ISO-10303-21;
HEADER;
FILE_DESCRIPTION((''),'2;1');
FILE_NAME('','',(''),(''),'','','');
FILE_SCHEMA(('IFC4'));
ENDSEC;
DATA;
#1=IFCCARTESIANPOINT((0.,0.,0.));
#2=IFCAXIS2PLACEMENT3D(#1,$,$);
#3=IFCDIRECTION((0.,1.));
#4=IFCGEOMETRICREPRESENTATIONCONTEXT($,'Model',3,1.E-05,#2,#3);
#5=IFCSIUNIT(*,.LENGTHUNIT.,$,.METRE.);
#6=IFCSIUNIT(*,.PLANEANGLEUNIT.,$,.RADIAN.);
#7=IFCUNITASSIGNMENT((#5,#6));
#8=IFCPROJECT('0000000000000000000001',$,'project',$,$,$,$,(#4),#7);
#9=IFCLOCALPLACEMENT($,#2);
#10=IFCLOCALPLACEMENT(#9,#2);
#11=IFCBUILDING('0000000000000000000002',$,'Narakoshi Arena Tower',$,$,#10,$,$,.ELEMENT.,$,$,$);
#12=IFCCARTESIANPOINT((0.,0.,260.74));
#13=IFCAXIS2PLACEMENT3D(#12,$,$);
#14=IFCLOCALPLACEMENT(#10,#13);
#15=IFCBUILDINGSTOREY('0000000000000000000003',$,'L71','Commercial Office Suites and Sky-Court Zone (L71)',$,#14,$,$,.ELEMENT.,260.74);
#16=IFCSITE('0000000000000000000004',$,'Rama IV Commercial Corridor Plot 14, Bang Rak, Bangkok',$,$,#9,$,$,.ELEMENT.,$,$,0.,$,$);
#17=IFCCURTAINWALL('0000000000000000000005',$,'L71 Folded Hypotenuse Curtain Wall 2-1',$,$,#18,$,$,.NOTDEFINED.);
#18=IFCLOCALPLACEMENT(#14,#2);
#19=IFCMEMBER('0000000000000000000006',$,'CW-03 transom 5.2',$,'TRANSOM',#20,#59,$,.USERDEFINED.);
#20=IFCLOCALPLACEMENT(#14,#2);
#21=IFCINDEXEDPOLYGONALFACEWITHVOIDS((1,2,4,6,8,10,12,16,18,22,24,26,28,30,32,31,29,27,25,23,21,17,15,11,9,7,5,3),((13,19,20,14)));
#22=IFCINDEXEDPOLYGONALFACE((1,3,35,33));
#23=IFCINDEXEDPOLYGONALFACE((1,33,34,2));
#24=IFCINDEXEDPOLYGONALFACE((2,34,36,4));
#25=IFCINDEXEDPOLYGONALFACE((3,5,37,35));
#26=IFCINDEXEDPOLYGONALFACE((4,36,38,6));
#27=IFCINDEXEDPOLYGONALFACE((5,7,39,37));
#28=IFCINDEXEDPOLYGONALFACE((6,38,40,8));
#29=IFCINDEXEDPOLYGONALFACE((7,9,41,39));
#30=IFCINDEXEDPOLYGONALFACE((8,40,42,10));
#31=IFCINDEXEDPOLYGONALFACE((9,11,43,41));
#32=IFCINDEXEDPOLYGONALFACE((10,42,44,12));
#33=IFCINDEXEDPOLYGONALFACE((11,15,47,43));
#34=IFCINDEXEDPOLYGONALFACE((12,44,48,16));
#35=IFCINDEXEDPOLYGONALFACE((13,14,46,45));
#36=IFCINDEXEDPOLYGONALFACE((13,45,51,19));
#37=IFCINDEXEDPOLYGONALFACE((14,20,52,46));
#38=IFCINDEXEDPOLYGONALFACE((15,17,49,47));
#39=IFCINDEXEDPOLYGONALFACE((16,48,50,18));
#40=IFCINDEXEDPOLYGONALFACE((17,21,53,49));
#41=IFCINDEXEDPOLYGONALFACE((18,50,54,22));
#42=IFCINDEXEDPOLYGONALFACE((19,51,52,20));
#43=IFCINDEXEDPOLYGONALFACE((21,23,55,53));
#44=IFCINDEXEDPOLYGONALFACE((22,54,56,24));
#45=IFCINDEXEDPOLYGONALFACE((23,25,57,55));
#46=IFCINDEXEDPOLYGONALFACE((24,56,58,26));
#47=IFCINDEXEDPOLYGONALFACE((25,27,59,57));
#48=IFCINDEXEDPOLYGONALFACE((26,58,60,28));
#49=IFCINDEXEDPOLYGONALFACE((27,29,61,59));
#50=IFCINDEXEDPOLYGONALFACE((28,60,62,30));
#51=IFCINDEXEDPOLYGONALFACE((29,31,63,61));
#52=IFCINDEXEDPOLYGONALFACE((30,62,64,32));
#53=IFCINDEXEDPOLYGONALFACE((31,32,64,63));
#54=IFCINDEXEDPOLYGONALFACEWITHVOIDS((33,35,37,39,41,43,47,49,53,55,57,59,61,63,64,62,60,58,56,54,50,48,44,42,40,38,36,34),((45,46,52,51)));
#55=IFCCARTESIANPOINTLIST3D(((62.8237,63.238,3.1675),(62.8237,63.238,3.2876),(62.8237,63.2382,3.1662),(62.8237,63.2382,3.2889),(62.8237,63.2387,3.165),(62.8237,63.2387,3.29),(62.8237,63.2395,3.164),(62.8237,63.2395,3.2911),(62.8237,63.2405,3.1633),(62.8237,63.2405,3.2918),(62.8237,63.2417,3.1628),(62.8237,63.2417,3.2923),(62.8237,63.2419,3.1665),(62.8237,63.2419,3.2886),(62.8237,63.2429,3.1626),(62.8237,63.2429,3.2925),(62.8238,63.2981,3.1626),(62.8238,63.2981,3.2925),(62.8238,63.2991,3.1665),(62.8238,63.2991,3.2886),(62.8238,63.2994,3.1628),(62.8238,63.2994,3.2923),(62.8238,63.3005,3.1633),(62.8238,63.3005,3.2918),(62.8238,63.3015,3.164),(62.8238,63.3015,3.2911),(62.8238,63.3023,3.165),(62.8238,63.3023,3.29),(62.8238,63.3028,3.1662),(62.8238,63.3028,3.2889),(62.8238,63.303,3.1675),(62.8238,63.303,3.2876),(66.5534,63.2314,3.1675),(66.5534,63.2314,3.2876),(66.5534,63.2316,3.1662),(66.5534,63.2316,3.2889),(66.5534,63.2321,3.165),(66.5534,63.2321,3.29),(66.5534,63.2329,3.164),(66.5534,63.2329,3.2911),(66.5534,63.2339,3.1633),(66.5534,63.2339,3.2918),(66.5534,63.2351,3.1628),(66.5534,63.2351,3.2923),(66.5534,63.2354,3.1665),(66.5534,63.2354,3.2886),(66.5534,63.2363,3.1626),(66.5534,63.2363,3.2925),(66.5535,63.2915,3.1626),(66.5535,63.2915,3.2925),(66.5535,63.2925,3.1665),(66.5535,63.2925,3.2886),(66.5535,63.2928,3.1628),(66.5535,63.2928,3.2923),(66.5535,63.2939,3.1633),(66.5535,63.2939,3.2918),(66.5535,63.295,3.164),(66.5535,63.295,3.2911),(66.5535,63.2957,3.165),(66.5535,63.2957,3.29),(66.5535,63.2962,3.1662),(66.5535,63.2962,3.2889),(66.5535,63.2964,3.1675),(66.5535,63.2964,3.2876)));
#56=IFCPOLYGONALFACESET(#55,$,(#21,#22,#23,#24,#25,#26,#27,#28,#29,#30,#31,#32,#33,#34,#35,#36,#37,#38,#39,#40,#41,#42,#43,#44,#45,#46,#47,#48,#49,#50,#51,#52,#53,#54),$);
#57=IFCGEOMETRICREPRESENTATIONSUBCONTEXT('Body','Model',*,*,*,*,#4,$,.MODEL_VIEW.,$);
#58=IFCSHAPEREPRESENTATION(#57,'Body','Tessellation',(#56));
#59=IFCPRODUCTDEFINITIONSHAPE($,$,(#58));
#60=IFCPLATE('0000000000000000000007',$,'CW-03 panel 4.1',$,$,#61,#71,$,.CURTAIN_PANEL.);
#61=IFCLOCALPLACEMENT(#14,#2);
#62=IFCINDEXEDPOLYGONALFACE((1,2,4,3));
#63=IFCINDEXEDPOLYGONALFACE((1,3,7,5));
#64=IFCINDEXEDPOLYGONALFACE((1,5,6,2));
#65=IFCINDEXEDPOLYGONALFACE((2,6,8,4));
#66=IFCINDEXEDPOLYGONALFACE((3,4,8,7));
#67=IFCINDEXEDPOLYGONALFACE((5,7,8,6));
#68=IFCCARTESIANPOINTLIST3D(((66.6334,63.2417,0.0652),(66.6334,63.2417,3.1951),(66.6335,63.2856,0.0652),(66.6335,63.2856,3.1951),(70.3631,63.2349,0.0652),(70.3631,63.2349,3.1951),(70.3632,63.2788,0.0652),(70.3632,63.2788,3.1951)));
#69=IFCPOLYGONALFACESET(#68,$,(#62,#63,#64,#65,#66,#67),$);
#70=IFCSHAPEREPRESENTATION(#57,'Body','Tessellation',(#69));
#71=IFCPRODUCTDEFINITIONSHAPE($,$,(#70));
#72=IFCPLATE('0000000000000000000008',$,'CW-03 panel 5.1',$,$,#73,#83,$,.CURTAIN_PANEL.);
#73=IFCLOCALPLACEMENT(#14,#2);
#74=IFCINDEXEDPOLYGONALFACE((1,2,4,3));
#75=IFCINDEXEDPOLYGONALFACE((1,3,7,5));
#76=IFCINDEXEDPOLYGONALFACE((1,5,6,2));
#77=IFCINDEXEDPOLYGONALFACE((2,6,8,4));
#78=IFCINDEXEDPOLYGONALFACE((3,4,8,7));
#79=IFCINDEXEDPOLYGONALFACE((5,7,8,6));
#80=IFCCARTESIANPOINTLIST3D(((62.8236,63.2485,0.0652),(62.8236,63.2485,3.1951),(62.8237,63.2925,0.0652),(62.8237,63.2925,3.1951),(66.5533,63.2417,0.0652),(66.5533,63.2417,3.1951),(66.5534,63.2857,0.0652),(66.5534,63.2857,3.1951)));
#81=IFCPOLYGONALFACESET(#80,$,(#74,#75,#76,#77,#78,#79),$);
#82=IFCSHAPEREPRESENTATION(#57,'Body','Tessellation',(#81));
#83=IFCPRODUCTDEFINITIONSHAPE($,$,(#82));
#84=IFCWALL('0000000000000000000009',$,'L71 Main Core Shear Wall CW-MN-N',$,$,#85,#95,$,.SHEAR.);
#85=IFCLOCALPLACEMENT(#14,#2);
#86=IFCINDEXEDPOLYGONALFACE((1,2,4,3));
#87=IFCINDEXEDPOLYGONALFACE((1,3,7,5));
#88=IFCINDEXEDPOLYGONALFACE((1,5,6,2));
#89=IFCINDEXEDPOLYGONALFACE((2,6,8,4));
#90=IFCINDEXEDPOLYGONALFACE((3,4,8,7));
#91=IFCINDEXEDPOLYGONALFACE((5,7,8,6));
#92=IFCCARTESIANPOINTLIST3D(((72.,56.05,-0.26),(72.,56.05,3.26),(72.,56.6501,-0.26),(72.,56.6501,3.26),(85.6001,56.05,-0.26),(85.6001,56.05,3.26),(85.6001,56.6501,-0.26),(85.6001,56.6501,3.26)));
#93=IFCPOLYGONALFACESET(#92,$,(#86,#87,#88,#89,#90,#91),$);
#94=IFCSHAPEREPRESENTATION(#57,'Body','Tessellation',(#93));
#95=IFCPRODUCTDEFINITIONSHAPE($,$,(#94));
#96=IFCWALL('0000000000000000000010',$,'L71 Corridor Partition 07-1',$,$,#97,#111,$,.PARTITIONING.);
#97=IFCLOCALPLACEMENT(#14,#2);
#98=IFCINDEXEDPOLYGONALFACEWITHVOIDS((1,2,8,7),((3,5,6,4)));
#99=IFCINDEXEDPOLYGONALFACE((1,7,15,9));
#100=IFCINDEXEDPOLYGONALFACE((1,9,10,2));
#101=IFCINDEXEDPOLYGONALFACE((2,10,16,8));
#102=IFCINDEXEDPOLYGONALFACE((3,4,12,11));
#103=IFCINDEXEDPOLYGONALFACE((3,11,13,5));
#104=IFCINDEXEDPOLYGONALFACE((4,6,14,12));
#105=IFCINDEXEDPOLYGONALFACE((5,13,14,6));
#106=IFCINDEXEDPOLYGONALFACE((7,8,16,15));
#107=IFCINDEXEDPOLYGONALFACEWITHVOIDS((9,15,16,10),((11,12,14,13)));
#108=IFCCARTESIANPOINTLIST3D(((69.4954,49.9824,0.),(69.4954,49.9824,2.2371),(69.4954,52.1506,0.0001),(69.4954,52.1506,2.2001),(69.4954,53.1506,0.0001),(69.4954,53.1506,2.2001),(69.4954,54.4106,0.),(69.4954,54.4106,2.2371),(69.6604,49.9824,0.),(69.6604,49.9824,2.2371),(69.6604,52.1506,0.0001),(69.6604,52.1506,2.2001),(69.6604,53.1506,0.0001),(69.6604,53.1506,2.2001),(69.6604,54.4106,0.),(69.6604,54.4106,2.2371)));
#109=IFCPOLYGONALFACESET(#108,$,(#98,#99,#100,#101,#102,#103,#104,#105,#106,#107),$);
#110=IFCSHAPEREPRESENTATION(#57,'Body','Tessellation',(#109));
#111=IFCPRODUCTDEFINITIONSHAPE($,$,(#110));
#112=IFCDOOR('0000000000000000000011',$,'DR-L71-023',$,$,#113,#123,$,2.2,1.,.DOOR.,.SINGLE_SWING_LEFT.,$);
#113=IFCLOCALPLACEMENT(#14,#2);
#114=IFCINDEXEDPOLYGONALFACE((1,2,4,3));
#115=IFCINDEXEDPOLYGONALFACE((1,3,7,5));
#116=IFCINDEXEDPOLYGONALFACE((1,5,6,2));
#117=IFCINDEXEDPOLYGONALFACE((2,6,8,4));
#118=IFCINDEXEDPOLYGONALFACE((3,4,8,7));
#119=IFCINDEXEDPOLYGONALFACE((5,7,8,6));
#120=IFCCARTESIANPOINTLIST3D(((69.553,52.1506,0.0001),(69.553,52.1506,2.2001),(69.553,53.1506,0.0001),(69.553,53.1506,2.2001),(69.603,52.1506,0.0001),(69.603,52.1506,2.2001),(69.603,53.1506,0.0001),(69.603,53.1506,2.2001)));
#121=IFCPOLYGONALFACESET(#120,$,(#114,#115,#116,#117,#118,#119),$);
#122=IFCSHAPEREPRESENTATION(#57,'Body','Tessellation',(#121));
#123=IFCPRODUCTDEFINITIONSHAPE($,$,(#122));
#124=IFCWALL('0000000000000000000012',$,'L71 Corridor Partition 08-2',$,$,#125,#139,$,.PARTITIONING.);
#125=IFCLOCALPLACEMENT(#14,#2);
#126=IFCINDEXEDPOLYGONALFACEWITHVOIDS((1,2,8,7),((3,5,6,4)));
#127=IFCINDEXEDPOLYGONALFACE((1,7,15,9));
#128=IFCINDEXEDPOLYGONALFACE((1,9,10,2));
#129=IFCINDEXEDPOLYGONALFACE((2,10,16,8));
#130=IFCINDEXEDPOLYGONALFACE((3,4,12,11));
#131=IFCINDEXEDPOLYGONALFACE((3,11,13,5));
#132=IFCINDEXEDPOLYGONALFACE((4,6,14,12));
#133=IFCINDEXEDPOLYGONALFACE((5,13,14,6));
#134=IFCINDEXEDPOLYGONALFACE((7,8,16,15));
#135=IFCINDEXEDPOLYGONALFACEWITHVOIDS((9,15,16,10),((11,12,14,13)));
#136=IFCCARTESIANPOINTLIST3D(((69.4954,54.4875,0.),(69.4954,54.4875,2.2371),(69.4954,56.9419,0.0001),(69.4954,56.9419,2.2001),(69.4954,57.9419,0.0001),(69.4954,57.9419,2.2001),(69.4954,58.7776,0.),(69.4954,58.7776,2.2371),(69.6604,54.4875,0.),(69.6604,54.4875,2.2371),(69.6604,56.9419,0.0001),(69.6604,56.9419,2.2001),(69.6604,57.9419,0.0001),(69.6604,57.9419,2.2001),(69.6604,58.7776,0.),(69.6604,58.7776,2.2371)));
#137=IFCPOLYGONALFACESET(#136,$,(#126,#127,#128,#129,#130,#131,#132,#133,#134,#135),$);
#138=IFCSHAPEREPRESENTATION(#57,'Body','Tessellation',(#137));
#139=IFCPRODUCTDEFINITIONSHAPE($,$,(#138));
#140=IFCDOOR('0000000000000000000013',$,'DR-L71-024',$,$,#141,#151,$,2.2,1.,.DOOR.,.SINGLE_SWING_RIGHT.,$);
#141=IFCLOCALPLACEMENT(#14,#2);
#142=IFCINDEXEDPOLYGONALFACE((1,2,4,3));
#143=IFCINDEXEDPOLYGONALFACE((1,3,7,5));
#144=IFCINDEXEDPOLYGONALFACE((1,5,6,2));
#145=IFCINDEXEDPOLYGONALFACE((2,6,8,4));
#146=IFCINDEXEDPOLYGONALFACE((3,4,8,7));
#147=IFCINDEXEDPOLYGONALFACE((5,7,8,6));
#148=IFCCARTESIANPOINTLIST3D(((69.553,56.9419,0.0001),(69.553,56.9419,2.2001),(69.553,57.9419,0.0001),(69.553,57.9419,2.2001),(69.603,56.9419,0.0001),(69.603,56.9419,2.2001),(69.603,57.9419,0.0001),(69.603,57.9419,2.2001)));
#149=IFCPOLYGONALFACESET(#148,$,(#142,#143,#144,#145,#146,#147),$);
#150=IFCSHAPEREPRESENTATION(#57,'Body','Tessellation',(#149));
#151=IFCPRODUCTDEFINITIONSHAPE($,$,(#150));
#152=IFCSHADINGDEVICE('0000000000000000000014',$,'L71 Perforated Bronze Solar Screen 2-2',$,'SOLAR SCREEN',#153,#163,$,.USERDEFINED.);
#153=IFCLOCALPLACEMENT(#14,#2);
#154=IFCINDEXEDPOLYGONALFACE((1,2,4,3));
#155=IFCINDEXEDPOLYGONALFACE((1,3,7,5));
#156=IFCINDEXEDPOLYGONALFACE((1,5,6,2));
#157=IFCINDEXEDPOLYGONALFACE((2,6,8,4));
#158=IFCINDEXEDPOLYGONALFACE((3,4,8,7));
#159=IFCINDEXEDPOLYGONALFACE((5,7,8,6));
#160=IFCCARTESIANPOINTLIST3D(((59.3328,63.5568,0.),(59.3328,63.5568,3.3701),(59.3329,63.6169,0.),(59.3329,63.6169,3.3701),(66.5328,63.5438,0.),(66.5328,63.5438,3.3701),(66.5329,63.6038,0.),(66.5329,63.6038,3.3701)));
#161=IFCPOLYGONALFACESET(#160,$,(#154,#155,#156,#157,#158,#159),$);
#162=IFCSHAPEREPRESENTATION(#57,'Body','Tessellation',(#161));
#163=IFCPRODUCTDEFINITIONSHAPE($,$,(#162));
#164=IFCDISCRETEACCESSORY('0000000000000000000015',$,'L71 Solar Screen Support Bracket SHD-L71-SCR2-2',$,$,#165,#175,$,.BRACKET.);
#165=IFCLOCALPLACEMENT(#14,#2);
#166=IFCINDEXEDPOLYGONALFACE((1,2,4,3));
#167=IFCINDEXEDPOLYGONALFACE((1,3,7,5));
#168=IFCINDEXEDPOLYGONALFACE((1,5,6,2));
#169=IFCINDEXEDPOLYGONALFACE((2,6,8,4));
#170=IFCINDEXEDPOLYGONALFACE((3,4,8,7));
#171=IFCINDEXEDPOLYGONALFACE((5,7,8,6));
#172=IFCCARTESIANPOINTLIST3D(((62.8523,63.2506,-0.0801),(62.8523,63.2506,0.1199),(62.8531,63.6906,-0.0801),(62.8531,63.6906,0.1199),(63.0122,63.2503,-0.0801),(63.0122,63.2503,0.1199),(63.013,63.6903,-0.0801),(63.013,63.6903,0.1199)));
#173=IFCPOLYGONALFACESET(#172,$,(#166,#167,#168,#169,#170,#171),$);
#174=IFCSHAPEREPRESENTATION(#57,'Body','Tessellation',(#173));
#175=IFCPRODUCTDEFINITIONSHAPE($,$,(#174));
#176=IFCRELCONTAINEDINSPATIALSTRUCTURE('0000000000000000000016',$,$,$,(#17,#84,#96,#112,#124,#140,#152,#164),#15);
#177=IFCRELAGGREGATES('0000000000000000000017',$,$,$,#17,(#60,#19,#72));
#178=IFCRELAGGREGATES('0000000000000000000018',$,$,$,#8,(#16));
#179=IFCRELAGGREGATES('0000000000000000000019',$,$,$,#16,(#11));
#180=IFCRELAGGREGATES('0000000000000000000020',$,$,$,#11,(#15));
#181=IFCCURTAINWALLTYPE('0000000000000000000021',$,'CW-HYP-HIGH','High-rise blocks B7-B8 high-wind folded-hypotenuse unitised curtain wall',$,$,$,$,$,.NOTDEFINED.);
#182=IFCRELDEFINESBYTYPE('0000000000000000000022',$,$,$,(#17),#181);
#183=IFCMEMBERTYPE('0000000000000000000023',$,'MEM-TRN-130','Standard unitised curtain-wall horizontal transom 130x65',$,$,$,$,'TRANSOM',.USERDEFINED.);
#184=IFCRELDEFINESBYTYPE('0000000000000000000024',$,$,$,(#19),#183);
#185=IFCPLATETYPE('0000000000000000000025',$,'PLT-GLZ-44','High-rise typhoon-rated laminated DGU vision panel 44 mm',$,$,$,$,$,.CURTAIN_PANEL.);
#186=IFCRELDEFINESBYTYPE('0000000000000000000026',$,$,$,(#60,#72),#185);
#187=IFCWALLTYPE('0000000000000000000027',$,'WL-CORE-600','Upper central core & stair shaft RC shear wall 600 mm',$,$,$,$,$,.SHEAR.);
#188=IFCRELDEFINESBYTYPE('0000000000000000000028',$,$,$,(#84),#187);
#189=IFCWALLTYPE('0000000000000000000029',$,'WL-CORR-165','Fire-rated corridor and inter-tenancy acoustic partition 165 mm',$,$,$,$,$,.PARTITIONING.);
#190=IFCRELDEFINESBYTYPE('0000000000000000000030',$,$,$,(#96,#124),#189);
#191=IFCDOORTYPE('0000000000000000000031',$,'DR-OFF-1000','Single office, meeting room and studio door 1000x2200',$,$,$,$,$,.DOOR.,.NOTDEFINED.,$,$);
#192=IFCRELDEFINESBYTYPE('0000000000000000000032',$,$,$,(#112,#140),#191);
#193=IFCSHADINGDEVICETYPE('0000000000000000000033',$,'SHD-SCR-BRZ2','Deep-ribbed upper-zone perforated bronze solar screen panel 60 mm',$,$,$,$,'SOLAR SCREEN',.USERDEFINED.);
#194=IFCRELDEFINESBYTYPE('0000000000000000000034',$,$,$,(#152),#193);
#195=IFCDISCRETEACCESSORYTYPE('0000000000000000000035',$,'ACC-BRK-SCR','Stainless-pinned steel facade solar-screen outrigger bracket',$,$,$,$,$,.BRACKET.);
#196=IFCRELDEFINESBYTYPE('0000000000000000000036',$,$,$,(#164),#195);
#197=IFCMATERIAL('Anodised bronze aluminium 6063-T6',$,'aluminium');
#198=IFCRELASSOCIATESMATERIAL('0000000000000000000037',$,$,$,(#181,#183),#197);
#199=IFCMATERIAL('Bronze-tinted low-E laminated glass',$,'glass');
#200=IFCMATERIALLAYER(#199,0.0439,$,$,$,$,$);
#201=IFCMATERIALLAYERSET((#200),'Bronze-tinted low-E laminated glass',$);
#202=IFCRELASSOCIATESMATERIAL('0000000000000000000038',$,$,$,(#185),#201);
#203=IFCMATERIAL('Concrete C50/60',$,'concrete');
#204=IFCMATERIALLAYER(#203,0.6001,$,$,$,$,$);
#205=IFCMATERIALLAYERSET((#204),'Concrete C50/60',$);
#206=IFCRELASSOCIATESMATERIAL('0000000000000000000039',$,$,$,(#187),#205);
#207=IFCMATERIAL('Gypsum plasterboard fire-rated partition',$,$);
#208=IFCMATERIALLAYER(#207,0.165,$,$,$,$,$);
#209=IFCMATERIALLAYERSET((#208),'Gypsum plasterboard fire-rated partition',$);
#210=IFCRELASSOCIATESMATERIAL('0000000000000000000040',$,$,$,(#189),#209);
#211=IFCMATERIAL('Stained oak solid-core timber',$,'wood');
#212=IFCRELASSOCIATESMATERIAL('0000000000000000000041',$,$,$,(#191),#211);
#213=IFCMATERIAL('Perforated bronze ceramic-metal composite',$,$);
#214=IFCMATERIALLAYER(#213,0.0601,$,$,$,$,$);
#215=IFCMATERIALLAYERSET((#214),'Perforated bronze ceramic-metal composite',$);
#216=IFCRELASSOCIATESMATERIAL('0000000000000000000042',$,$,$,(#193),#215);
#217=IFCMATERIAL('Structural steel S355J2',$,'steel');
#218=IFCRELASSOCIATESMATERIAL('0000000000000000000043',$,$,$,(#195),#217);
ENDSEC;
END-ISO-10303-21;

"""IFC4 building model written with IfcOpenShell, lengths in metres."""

from ifc_helpers import new_model, si_unit, direction, frame, frame_2d, origin, origin_2d, place, context, subcontext, project, spatial, rectangle, hollow_rectangle, extrude, material, layer, layer_set, material_profile, profile_set, type_object, element, fill, aggregate, save


model = new_model("IFC4")

# Units and contexts
model_context = context("Model", 3, precision=1e-05, world=origin(), true_north=direction((0.0, 1.0)))
body_context = subcontext(model_context, "Body", "Model", "MODEL_VIEW")
ifc_project = project(units=[si_unit("LENGTHUNIT", "METRE"), si_unit("PLANEANGLEUNIT", "RADIAN")], contexts=[model_context])

# Site, building, storey
site_placement = place(None, origin())
site = spatial("IfcSite", under=ifc_project, at=site_placement, Name="Rama IV Commercial Corridor Plot 14, Bang Rak, Bangkok", CompositionType="ELEMENT", RefElevation=0.0)
building_placement = place(site_placement, origin())
building = spatial("IfcBuilding", under=site, at=building_placement, Name="Narakoshi Arena Tower", CompositionType="ELEMENT")
storey_placement = place(building_placement, frame((0.0, 0.0, 260.74)))
storey = spatial("IfcBuildingStorey", under=building, at=storey_placement, Name="L71", Description="Commercial Office Suites and Sky-Court Zone (L71)", CompositionType="ELEMENT", Elevation=260.74)

# Shared definitions
ifc_material_1 = material(Name="Structural steel S355J2", Category="steel")

# Curtain wall, member, plates
ifc_material_2 = material(Name="Anodised bronze aluminium 6063-T6", Category="aluminium")
curtain_wall_type = type_object("IfcCurtainWallType", Name="CW-HYP-HIGH", Description="High-rise blocks B7-B8 high-wind folded-hypotenuse unitised curtain wall", PredefinedType="NOTDEFINED", material=ifc_material_2)
curtain_wall_placement = place(storey_placement, origin())
curtain_wall = element("IfcCurtainWall", 1, at=curtain_wall_placement, inside=storey, type_object=curtain_wall_type, Name="L71 Folded Hypotenuse Curtain Wall 2-1", PredefinedType="NOTDEFINED")
ifc_material_profile_1 = material_profile(ifc_material_2, hollow_rectangle(XDim=0.0649, YDim=0.1299, WallThickness=0.0039, OuterFilletRadius=0.0049, at=origin_2d()), Name="TRN130x65x4")
ifc_profile_set_1 = profile_set([ifc_material_profile_1], Name="Anodised bronze aluminium 6063-T6")
member_type_1 = type_object("IfcMemberType", Name="MEM-TRN-130", Description="Standard unitised curtain-wall horizontal transom 130x65", ElementType="TRANSOM", PredefinedType="USERDEFINED", material=ifc_profile_set_1)
member_1_placement = place(storey_placement, frame((66.5535, 63.2639, 3.2275), z_axis=(-0.999998, 0.001767, 0.0), x_axis=(-0.001767, -0.999998, 0.0)))
member_1 = element("IfcMember", 2, at=member_1_placement, type_object=member_type_1, Name="CW-03 transom 5.2", ObjectType="TRANSOM", PredefinedType="USERDEFINED", context=body_context, shape_type="SweptSolid", body=[
    extrude(hollow_rectangle(XDim=0.0649, YDim=0.1299, WallThickness=0.0039, OuterFilletRadius=0.0049, at=origin_2d()), origin(), (0.0, 0.0, 1.0), 3.7297),
])
ifc_material_3 = material(Name="Bronze-tinted low-E laminated glass", Category="glass")
ifc_layer_1 = layer(ifc_material_3, 0.0439)
ifc_layer_set_1 = layer_set([ifc_layer_1], Name="Bronze-tinted low-E laminated glass")
plate_type = type_object("IfcPlateType", Name="PLT-GLZ-44", Description="High-rise typhoon-rated laminated DGU vision panel 44 mm", PredefinedType="CURTAIN_PANEL", material=ifc_layer_set_1)
plate_1_placement = place(storey_placement, frame((68.4983, 63.2603, 0.0652), z_axis=(0.0, 0.0, 1.0), x_axis=(-0.999998, 0.00182, 0.0)))
plate_1 = element("IfcPlate", 3, at=plate_1_placement, type_object=plate_type, Name="CW-03 panel 4.1", PredefinedType="CURTAIN_PANEL", context=body_context, shape_type="SweptSolid", body=[
    extrude(rectangle(XDim=3.7297, YDim=0.0439, at=origin_2d()), origin(), (0.0, 0.0, 1.0), 3.1299),
])
plate_2_placement = place(storey_placement, frame((64.6885, 63.2671, 0.0652), z_axis=(0.0, 0.0, 1.0), x_axis=(-0.999998, 0.00182, 0.0)))
plate_2 = element("IfcPlate", 4, at=plate_2_placement, type_object=plate_type, Name="CW-03 panel 5.1", PredefinedType="CURTAIN_PANEL", context=body_context, shape_type="SweptSolid", body=[
    extrude(rectangle(XDim=3.7297, YDim=0.0439, at=origin_2d()), origin(), (0.0, 0.0, 1.0), 3.1299),
])
aggregate(curtain_wall, [plate_1, member_1, plate_2])

# Wall
ifc_material_4 = material(Name="Concrete C50/60", Category="concrete")
ifc_layer_2 = layer(ifc_material_4, 0.6001)
ifc_layer_set_2 = layer_set([ifc_layer_2], Name="Concrete C50/60")
wall_type_1 = type_object("IfcWallType", Name="WL-CORE-600", Description="Upper central core & stair shaft RC shear wall 600 mm", PredefinedType="SHEAR", material=ifc_layer_set_2)
wall_1_placement = place(storey_placement, frame((72.0, 56.3501, -0.26), z_axis=(0.0, 0.0, 1.0), x_axis=(1.0, 0.0, 0.0)))
element("IfcWall", 5, at=wall_1_placement, inside=storey, type_object=wall_type_1, Name="L71 Main Core Shear Wall CW-MN-N", PredefinedType="SHEAR", context=body_context, shape_type="SweptSolid", body=[
    extrude(rectangle(XDim=13.6001, YDim=0.6001, at=frame_2d((6.8, 0.0))), origin(), (0.0, 0.0, 1.0), 3.52),
])

# Walls, openings, doors
ifc_material_5 = material(Name="Gypsum plasterboard fire-rated partition")
ifc_layer_3 = layer(ifc_material_5, 0.165)
ifc_layer_set_3 = layer_set([ifc_layer_3], Name="Gypsum plasterboard fire-rated partition")
wall_type_2 = type_object("IfcWallType", Name="WL-CORR-165", Description="Fire-rated corridor and inter-tenancy acoustic partition 165 mm", PredefinedType="PARTITIONING", material=ifc_layer_set_3)
wall_2_placement = place(storey_placement, frame((69.5779, 54.4106, 0.0), z_axis=(0.0, 0.0, 1.0), x_axis=(0.0, -1.0, 0.0)))
wall_2 = element("IfcWall", 6, at=wall_2_placement, inside=storey, type_object=wall_type_2, Name="L71 Corridor Partition 07-1", PredefinedType="PARTITIONING", context=body_context, shape_type="SweptSolid", body=[
    extrude(rectangle(XDim=4.4282, YDim=0.165, at=frame_2d((2.2141, 0.0))), origin(), (0.0, 0.0, 1.0), 2.2371),
])
opening_1_placement = place(wall_2_placement, frame((1.26, 0.0, 0.0)))
opening_1 = element("IfcOpeningElement", 7, at=opening_1_placement, cuts=wall_2, PredefinedType="OPENING", context=body_context, shape_type="SweptSolid", body=[
    extrude(rectangle(XDim=1.0, YDim=2.2, at=frame_2d((0.5, 1.1001))), frame((0.0, 0.0925, 0.0), z_axis=(0.0, -1.0, 0.0), x_axis=(1.0, 0.0, 0.0)), (0.0, 0.0, 1.0), 0.1851),
])
ifc_material_6 = material(Name="Stained oak solid-core timber", Category="wood")
door_type = type_object("IfcDoorType", Name="DR-OFF-1000", Description="Single office, meeting room and studio door 1000x2200", OperationType="NOTDEFINED", PredefinedType="DOOR", material=ifc_material_6)
door_1_placement = place(opening_1_placement, frame((1.0, 0.0, 0.0), z_axis=(0.0, 0.0, 1.0), x_axis=(-1.0, 0.0, 0.0)))
door_1 = element("IfcDoor", 8, at=door_1_placement, inside=storey, type_object=door_type, Name="DR-L71-023", OperationType="SINGLE_SWING_LEFT", OverallHeight=2.2, OverallWidth=1.0, PredefinedType="DOOR", context=body_context, shape_type="SweptSolid", body=[
    extrude(rectangle(XDim=1.0, YDim=2.2, at=frame_2d((0.5, 1.1001))), frame((0.0, 0.0249, 0.0), z_axis=(0.0, -1.0, 0.0), x_axis=(1.0, 0.0, 0.0)), (0.0, 0.0, 1.0), 0.05),
])
fill(opening_1, door_1)
wall_3_placement = place(storey_placement, frame((69.5779, 58.7776, 0.0), z_axis=(0.0, 0.0, 1.0), x_axis=(0.0, -1.0, 0.0)))
wall_3 = element("IfcWall", 9, at=wall_3_placement, inside=storey, type_object=wall_type_2, Name="L71 Corridor Partition 08-2", PredefinedType="PARTITIONING", context=body_context, shape_type="SweptSolid", body=[
    extrude(rectangle(XDim=4.29, YDim=0.165, at=frame_2d((2.145, 0.0))), origin(), (0.0, 0.0, 1.0), 2.2371),
])
opening_2_placement = place(wall_3_placement, frame((0.8357, 0.0, 0.0)))
opening_2 = element("IfcOpeningElement", 10, at=opening_2_placement, cuts=wall_3, PredefinedType="OPENING", context=body_context, shape_type="SweptSolid", body=[
    extrude(rectangle(XDim=1.0, YDim=2.2, at=frame_2d((0.5, 1.1001))), frame((0.0, 0.0925, 0.0), z_axis=(0.0, -1.0, 0.0), x_axis=(1.0, 0.0, 0.0)), (0.0, 0.0, 1.0), 0.1851),
])
door_2_placement = place(opening_2_placement, frame((1.0, 0.0, 0.0), z_axis=(0.0, 0.0, 1.0), x_axis=(-1.0, 0.0, 0.0)))
door_2 = element("IfcDoor", 11, at=door_2_placement, inside=storey, type_object=door_type, Name="DR-L71-024", OperationType="SINGLE_SWING_RIGHT", OverallHeight=2.2, OverallWidth=1.0, PredefinedType="DOOR", context=body_context, shape_type="SweptSolid", body=[
    extrude(rectangle(XDim=1.0, YDim=2.2, at=frame_2d((0.5, 1.1001))), frame((0.0, 0.0249, 0.0), z_axis=(0.0, -1.0, 0.0), x_axis=(1.0, 0.0, 0.0)), (0.0, 0.0, 1.0), 0.05),
])
fill(opening_2, door_2)

# Shading device
ifc_material_7 = material(Name="Perforated bronze ceramic-metal composite")
ifc_layer_4 = layer(ifc_material_7, 0.0601)
ifc_layer_set_4 = layer_set([ifc_layer_4], Name="Perforated bronze ceramic-metal composite")
shading_device_type = type_object("IfcShadingDeviceType", Name="SHD-SCR-BRZ2", Description="Deep-ribbed upper-zone perforated bronze solar screen panel 60 mm", ElementType="SOLAR SCREEN", PredefinedType="USERDEFINED", material=ifc_layer_set_4)
shading_device_placement = place(storey_placement, frame((62.9329, 63.5803, 0.0), z_axis=(0.0, 0.0, 1.0), x_axis=(-0.999998, 0.001815, 0.0)))
element("IfcShadingDevice", 12, at=shading_device_placement, inside=storey, type_object=shading_device_type, Name="L71 Perforated Bronze Solar Screen 2-2", ObjectType="SOLAR SCREEN", PredefinedType="USERDEFINED", context=body_context, shape_type="SweptSolid", body=[
    extrude(rectangle(XDim=7.2, YDim=0.0601, at=origin_2d()), origin(), (0.0, 0.0, 1.0), 3.3701),
])

# Discrete accessory
discrete_accessory_type = type_object("IfcDiscreteAccessoryType", Name="ACC-BRK-SCR", Description="Stainless-pinned steel facade solar-screen outrigger bracket", PredefinedType="BRACKET", material=ifc_material_1)
discrete_accessory_placement = place(storey_placement, frame((62.9326, 63.4705, -0.0801), z_axis=(0.0, 0.0, 1.0), x_axis=(-0.999998, 0.001815, 0.0)))
element("IfcDiscreteAccessory", 13, at=discrete_accessory_placement, inside=storey, type_object=discrete_accessory_type, Name="L71 Solar Screen Support Bracket SHD-L71-SCR2-2", PredefinedType="BRACKET", context=body_context, shape_type="SweptSolid", body=[
    extrude(rectangle(XDim=0.1599, YDim=0.4399, at=origin_2d()), origin(), (0.0, 0.0, 1.0), 0.2),
])

save(model, "model.ifc")
